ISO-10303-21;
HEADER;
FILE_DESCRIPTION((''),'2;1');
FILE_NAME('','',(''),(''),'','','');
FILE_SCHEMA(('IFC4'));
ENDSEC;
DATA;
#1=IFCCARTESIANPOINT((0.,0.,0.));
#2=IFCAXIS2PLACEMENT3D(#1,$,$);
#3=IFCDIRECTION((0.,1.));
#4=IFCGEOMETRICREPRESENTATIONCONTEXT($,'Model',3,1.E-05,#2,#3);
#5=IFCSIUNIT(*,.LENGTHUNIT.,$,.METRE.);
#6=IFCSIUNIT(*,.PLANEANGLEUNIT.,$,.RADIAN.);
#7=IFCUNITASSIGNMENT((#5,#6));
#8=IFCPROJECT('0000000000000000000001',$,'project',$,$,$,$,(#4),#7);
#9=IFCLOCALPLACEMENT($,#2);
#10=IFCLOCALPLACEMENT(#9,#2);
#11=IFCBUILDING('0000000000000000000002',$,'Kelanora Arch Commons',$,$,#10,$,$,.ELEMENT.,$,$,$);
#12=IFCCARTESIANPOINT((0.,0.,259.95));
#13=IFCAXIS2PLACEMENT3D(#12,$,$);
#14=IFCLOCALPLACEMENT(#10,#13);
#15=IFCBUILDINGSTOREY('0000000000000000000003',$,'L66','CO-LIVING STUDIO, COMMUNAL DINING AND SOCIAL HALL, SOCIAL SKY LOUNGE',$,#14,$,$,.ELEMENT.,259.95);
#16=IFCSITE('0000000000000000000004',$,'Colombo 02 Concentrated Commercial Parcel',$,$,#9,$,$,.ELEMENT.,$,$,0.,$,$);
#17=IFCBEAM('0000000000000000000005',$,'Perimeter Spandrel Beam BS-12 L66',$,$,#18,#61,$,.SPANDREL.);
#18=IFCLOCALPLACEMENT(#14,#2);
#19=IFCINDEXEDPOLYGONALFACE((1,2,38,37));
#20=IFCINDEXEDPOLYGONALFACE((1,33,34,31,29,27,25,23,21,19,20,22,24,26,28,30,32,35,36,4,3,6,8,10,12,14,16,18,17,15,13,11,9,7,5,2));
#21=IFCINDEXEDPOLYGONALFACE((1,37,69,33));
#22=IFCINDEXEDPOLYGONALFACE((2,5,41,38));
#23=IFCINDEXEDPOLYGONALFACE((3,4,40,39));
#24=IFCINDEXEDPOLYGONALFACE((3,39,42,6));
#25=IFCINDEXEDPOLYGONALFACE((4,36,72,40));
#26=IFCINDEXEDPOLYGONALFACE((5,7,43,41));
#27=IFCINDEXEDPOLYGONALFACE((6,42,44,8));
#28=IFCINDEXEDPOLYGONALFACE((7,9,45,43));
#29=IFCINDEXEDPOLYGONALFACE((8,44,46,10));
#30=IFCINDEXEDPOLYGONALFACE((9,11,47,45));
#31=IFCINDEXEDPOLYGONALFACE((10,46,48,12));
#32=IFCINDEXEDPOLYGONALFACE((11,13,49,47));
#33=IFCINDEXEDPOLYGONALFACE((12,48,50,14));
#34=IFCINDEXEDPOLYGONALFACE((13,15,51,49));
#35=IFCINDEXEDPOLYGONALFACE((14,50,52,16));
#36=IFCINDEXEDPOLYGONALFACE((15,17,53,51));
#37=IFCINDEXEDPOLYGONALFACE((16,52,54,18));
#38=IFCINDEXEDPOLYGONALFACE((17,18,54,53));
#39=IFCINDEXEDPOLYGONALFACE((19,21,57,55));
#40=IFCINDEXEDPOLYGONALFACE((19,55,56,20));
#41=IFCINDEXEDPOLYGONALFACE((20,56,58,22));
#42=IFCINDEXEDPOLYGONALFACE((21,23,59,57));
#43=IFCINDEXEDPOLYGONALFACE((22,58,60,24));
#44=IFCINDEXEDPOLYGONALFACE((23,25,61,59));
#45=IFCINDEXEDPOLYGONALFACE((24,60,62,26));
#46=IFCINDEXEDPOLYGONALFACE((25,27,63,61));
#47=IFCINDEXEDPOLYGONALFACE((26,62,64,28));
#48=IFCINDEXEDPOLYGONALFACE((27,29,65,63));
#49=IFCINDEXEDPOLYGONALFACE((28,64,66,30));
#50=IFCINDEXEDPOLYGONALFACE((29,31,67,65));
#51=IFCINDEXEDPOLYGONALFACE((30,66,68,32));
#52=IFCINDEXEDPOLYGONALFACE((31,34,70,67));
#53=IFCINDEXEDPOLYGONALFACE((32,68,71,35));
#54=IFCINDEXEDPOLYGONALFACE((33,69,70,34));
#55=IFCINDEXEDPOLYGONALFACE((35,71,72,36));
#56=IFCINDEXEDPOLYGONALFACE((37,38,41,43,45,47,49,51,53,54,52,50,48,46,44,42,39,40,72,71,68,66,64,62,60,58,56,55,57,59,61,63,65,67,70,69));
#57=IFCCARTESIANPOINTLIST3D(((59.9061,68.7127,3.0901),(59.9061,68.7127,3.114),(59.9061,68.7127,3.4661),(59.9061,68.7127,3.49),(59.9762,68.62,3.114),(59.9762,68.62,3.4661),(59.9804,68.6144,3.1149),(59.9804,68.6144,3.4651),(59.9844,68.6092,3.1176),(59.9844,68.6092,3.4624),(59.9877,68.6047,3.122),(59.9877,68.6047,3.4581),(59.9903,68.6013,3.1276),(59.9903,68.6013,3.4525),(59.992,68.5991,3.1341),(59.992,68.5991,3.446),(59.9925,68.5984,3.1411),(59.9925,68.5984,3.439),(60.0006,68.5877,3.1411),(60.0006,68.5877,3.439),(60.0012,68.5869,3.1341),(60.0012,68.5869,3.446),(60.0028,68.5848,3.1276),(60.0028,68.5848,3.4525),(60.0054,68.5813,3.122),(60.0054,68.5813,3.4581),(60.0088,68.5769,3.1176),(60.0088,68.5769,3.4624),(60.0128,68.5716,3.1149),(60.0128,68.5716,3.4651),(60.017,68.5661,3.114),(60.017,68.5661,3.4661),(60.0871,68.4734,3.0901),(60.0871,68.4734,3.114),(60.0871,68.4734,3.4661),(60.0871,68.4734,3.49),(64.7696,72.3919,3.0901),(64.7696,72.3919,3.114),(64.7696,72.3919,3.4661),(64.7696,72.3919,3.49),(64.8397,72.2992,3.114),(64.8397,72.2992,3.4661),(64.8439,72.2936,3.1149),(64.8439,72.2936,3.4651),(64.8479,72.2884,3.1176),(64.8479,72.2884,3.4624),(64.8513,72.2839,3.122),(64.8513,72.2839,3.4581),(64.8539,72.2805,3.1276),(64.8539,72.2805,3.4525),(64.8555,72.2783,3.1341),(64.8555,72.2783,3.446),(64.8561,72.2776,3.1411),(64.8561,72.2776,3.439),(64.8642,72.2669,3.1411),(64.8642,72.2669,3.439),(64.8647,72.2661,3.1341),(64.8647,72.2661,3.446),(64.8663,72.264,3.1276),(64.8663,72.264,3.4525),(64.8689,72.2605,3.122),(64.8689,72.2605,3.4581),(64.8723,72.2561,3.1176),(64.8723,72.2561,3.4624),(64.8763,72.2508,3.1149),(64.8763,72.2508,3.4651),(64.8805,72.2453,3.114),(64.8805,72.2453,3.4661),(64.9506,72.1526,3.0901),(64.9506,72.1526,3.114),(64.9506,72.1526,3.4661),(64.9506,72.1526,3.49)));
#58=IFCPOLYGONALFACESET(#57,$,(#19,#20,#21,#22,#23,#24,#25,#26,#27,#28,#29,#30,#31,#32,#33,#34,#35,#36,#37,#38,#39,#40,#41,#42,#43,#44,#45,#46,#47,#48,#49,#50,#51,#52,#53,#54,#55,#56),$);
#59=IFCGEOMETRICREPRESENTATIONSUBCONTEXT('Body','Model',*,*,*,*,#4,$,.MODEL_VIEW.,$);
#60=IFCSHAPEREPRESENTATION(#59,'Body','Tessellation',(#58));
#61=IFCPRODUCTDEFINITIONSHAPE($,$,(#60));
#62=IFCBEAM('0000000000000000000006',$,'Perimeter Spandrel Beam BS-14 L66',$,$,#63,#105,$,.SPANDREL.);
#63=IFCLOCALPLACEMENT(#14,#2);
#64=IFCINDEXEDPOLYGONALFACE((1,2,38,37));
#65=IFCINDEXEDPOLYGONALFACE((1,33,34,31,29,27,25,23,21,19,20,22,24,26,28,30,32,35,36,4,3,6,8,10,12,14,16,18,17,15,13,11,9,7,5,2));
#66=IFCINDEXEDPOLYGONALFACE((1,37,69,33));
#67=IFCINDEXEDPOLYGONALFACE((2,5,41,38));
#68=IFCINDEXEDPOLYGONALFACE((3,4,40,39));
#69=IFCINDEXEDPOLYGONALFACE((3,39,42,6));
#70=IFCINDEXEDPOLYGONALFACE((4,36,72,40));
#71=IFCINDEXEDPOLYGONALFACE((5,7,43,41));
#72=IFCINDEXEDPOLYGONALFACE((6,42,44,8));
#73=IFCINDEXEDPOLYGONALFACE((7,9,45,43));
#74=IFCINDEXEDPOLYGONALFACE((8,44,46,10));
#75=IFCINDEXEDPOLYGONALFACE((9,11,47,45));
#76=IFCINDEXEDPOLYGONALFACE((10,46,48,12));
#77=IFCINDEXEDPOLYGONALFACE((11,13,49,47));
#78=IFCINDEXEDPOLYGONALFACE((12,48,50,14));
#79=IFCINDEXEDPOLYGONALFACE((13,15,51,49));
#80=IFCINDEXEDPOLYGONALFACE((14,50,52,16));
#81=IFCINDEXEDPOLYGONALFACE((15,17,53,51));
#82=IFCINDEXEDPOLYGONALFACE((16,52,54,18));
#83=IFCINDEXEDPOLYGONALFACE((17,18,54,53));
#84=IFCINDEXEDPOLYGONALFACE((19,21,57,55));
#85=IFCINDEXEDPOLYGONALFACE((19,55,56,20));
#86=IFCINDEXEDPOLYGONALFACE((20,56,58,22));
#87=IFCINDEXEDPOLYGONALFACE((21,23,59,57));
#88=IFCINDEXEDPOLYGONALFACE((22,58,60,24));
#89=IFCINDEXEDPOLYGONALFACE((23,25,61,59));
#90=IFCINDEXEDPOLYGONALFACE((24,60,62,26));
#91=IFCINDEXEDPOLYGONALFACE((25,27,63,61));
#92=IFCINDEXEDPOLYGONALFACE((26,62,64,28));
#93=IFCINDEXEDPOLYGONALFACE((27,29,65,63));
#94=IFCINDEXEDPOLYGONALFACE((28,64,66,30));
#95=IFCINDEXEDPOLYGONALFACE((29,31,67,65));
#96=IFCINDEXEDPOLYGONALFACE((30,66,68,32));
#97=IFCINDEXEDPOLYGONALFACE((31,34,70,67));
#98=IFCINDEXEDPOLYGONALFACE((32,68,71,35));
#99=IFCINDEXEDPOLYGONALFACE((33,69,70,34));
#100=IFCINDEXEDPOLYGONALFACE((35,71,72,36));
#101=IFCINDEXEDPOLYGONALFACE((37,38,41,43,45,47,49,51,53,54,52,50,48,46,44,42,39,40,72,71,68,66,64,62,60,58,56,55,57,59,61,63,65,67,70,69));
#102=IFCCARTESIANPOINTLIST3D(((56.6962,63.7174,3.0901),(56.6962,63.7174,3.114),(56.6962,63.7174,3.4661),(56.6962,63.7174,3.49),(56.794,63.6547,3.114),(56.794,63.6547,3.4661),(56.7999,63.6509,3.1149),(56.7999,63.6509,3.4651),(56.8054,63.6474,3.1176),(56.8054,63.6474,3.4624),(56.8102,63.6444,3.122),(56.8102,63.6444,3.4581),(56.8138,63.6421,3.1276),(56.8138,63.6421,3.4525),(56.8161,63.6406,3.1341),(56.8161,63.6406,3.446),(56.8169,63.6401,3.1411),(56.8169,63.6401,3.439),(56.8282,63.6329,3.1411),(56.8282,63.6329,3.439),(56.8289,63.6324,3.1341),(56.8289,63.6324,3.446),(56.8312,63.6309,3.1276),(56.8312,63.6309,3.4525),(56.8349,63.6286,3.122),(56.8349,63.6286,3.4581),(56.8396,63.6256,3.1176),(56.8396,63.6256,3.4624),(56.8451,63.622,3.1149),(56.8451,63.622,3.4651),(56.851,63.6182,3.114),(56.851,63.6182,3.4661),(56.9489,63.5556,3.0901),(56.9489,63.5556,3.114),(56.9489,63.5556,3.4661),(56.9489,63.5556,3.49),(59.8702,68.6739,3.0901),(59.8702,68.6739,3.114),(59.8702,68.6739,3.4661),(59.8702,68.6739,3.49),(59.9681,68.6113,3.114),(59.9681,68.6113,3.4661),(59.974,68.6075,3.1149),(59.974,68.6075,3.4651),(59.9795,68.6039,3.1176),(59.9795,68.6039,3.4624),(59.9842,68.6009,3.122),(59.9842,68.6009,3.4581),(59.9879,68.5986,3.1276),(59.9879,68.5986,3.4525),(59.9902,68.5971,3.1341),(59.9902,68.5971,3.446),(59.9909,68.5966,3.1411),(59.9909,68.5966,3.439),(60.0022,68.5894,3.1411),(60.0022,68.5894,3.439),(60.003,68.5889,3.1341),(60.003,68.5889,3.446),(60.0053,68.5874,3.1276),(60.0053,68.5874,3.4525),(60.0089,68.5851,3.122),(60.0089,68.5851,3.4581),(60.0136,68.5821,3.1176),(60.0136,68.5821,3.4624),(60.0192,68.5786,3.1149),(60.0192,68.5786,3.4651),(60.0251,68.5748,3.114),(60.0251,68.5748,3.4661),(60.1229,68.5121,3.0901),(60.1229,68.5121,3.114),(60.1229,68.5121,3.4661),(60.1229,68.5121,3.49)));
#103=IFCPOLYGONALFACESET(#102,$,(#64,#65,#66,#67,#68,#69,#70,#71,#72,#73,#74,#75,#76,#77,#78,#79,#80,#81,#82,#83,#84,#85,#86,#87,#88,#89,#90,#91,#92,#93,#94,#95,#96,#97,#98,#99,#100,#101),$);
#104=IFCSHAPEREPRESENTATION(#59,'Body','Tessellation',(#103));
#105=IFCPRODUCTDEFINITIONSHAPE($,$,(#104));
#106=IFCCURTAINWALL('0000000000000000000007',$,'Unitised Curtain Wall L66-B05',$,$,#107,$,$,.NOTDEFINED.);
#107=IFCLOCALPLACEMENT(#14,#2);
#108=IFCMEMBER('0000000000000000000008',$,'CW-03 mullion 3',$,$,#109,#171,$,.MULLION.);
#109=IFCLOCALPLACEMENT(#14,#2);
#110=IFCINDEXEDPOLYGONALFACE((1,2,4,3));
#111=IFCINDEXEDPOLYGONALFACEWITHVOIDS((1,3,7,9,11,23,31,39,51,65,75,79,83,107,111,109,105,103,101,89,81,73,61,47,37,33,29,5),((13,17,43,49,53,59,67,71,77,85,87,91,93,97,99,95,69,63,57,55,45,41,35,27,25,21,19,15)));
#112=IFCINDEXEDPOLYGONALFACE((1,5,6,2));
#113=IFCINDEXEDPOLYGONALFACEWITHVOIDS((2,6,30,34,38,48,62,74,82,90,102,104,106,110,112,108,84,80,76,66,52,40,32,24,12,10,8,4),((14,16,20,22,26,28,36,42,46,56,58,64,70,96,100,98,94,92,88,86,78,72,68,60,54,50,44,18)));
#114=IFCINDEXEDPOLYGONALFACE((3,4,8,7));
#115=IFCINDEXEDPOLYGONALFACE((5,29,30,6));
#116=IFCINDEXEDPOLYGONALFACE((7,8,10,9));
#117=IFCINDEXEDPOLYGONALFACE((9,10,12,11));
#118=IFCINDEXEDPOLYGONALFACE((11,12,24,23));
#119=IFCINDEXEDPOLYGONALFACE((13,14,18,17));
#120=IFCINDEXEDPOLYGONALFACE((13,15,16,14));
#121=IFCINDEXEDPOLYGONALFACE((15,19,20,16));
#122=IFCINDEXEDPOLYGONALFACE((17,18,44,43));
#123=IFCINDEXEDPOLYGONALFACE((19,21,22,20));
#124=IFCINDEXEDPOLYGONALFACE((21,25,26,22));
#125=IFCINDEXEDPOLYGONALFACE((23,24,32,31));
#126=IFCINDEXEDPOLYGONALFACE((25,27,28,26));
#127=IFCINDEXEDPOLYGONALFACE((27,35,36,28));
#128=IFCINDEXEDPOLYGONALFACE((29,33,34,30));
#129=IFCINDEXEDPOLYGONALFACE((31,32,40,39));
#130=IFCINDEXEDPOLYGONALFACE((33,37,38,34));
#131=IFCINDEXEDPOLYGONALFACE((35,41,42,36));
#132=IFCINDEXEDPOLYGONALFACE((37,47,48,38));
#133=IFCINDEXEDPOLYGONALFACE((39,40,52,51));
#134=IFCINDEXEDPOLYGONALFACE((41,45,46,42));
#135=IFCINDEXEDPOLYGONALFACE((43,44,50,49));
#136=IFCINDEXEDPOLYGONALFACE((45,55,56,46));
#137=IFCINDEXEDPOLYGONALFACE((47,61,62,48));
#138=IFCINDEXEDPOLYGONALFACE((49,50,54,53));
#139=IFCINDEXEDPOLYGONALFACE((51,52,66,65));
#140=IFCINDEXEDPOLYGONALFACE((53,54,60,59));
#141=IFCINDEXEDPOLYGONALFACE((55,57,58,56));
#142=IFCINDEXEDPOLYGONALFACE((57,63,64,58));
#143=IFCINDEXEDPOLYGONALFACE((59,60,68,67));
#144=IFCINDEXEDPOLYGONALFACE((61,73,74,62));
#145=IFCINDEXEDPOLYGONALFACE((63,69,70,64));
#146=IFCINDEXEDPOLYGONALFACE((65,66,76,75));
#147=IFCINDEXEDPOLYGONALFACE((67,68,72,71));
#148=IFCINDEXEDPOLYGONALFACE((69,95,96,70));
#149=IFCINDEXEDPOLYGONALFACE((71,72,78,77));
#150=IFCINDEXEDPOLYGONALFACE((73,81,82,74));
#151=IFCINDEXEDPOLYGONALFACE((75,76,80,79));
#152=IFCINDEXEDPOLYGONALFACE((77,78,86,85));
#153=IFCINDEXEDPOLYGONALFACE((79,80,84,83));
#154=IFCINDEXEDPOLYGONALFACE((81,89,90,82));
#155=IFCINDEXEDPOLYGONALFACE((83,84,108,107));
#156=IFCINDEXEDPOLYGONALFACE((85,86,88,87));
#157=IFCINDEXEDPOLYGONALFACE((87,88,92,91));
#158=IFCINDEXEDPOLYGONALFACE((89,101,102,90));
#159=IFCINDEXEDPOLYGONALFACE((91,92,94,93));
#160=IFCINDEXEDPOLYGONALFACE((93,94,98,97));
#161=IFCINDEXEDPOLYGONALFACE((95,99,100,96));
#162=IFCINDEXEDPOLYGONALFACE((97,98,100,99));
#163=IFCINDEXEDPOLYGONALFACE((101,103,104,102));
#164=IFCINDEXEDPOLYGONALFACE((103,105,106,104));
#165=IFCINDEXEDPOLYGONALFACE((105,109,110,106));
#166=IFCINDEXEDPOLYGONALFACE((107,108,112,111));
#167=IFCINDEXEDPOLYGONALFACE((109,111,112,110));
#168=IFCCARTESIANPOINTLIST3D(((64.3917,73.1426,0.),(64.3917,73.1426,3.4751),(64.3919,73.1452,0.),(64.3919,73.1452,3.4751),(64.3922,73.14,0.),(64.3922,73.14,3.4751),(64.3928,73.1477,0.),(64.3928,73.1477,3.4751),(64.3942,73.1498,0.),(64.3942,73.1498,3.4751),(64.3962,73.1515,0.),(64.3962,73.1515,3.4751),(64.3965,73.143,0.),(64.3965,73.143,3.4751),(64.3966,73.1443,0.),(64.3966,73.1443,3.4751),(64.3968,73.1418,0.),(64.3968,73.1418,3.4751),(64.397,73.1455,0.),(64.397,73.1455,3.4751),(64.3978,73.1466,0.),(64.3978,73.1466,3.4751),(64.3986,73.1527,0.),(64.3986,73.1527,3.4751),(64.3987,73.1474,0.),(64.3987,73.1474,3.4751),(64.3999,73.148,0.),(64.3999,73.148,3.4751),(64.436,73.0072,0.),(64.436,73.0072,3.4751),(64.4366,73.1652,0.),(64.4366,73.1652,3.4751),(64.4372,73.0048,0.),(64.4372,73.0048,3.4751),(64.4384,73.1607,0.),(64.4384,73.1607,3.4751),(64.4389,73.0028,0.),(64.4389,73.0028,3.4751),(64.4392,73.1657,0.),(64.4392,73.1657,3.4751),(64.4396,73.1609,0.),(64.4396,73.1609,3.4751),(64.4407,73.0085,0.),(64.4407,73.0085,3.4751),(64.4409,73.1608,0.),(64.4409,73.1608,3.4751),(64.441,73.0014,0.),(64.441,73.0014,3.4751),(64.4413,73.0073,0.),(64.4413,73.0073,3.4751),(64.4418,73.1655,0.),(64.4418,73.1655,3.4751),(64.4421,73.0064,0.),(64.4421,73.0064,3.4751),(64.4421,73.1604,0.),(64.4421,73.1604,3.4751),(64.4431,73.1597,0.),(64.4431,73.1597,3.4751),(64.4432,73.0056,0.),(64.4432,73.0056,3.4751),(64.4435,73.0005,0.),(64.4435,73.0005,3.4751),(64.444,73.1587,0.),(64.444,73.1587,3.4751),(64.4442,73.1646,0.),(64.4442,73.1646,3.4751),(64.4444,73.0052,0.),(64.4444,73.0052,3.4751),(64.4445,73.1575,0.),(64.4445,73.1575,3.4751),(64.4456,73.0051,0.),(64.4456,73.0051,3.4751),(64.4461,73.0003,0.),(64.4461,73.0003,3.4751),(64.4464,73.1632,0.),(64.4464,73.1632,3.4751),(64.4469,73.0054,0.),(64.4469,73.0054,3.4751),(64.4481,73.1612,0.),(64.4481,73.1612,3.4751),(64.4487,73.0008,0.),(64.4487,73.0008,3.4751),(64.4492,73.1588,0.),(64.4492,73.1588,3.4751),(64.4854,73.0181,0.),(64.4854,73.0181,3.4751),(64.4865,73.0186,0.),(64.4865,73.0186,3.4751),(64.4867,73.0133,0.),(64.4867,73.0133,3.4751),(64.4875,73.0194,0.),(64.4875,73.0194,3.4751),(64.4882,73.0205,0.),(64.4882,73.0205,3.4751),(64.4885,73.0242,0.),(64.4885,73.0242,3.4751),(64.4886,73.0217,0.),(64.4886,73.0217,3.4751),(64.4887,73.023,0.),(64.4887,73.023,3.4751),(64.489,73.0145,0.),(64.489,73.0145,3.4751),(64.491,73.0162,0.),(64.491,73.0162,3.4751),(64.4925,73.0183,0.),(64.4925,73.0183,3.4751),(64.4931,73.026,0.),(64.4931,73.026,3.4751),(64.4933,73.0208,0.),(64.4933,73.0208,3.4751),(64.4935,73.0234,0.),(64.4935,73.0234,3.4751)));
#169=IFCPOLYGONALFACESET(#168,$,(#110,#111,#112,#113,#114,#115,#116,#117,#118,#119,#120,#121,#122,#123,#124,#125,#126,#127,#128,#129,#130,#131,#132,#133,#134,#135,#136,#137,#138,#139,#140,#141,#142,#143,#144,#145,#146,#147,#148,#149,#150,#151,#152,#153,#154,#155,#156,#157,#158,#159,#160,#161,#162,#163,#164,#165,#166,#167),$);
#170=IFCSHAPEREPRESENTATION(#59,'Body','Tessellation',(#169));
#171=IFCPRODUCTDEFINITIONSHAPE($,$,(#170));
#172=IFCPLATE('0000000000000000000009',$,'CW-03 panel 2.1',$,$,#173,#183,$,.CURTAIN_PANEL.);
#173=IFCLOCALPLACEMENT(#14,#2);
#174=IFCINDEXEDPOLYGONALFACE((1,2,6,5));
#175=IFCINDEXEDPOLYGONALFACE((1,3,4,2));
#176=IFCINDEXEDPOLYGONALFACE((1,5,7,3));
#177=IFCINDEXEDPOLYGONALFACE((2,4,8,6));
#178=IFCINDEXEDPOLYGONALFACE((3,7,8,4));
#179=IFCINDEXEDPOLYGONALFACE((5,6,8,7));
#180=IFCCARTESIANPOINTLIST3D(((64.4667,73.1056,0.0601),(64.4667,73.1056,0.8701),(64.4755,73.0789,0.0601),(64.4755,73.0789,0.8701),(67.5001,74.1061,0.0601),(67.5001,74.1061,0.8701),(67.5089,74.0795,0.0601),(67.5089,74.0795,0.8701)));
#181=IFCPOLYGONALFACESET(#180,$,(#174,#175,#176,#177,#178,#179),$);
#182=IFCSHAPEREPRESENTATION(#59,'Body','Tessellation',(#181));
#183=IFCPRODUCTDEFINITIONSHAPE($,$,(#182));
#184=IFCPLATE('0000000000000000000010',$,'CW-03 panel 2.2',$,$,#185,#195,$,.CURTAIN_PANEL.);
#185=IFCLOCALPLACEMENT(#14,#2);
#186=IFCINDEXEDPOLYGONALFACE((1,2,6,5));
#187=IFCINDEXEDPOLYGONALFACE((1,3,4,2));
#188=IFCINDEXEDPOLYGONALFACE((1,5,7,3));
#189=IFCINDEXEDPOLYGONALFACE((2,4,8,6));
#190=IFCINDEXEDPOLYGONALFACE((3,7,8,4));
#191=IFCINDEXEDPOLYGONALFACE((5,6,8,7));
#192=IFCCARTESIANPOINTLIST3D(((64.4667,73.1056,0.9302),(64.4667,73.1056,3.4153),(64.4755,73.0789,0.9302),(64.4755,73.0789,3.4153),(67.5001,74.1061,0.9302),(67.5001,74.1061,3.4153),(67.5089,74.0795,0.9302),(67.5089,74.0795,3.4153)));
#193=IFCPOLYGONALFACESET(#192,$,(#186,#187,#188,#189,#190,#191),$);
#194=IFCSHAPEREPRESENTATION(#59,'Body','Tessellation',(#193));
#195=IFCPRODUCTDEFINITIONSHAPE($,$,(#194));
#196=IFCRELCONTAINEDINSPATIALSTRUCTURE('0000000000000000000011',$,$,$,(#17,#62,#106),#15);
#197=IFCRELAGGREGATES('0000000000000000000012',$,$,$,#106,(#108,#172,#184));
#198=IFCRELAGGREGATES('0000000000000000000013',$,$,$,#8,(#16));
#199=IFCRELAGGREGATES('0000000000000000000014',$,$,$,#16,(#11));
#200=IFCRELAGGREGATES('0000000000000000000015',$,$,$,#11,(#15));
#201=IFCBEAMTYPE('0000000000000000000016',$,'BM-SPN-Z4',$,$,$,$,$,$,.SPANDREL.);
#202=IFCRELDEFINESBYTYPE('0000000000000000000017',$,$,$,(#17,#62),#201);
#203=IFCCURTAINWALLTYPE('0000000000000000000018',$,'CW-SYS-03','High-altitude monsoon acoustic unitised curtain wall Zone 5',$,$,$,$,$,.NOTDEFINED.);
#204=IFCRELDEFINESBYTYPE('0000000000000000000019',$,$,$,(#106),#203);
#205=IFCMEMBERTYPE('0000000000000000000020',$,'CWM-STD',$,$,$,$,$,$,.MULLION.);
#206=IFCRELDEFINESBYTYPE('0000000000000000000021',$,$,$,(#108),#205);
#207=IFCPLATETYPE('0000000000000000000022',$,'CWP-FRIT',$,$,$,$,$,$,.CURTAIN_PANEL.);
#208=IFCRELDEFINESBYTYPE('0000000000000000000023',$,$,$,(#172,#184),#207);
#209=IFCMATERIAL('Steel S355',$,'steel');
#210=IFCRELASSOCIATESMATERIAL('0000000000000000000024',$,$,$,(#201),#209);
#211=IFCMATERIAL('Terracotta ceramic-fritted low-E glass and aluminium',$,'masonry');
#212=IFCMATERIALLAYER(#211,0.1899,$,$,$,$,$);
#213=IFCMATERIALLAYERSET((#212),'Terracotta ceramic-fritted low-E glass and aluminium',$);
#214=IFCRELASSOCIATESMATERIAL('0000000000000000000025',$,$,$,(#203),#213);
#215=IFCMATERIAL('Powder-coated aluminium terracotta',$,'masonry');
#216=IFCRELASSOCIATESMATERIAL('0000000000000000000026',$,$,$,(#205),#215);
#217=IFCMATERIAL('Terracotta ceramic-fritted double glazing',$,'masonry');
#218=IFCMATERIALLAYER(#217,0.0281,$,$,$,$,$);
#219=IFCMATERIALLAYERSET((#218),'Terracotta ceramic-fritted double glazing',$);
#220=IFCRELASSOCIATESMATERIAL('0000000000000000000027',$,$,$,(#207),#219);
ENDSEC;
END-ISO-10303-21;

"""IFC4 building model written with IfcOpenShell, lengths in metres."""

from ifc_helpers import new_model, si_unit, direction, frame, origin, origin_2d, place, context, subcontext, project, spatial, rectangle, hollow_rectangle, i_section, extrude, source, transform, mapped, material, layer, layer_set, material_profile, profile_set, type_object, element, aggregate, save


model = new_model("IFC4")

# Units and contexts
model_context = context("Model", 3, precision=1e-05, world=origin(), true_north=direction((0.0, 1.0)))
body_context = subcontext(model_context, "Body", "Model", "MODEL_VIEW")
ifc_project = project(units=[si_unit("LENGTHUNIT", "METRE"), si_unit("PLANEANGLEUNIT", "RADIAN")], contexts=[model_context])

# Site, building, storey
site_placement = place(None, origin())
site = spatial("IfcSite", under=ifc_project, at=site_placement, Name="Colombo 02 Concentrated Commercial Parcel", CompositionType="ELEMENT", RefElevation=0.0)
building_placement = place(site_placement, origin())
building = spatial("IfcBuilding", under=site, at=building_placement, Name="Kelanora Arch Commons", CompositionType="ELEMENT")
storey_placement = place(building_placement, frame((0.0, 0.0, 259.95)))
storey = spatial("IfcBuildingStorey", under=building, at=storey_placement, Name="L66", Description="CO-LIVING STUDIO, COMMUNAL DINING AND SOCIAL HALL, SOCIAL SKY LOUNGE", CompositionType="ELEMENT", Elevation=259.95)

# Beams
ifc_material_1 = material(Name="Steel S355", Category="steel")
ifc_material_profile_1 = material_profile(ifc_material_1, i_section(OverallWidth=0.3, OverallDepth=0.3999, WebThickness=0.0134, FlangeThickness=0.0239, FilletRadius=0.0271, at=origin_2d()), Name="HEB400")
ifc_profile_set_1 = profile_set([ifc_material_profile_1], Name="Steel S355")
beam_type_1 = type_object("IfcBeamType", Name="BM-SPN-Z4", PredefinedType="SPANDREL", material=ifc_profile_set_1)
beam_1_placement = place(storey_placement, frame((64.8601, 72.2722, 3.29), z_axis=(-0.797509, -0.603306, 0.0), x_axis=(0.603306, -0.797509, 0.0)))
element("IfcBeam", 1, at=beam_1_placement, inside=storey, type_object=beam_type_1, Name="Perimeter Spandrel Beam BS-12 L66", PredefinedType="SPANDREL", context=body_context, shape_type="SweptSolid", body=[
    extrude(i_section(OverallWidth=0.3, OverallDepth=0.3999, WebThickness=0.0134, FlangeThickness=0.0239, FilletRadius=0.0271, at=origin_2d()), origin(), (0.0, 0.0, 1.0), 6.0984),
])
beam_2_placement = place(storey_placement, frame((59.9966, 68.593, 3.29), z_axis=(-0.539281, -0.842126, 0.0), x_axis=(0.842126, -0.539281, 0.0)))
element("IfcBeam", 2, at=beam_2_placement, inside=storey, type_object=beam_type_1, Name="Perimeter Spandrel Beam BS-14 L66", PredefinedType="SPANDREL", context=body_context, shape_type="SweptSolid", body=[
    extrude(i_section(OverallWidth=0.3, OverallDepth=0.3999, WebThickness=0.0134, FlangeThickness=0.0239, FilletRadius=0.0271, at=origin_2d()), origin(), (0.0, 0.0, 1.0), 5.8857),
])

# Curtain wall, member, plates
ifc_material_2 = material(Name="Terracotta ceramic-fritted low-E glass and aluminium", Category="masonry")
ifc_layer_1 = layer(ifc_material_2, 0.1899)
ifc_layer_set_1 = layer_set([ifc_layer_1], Name="Terracotta ceramic-fritted low-E glass and aluminium")
curtain_wall_type = type_object("IfcCurtainWallType", Name="CW-SYS-03", Description="High-altitude monsoon acoustic unitised curtain wall Zone 5", PredefinedType="NOTDEFINED", material=ifc_layer_set_1)
curtain_wall_placement = place(storey_placement, origin())
curtain_wall = element("IfcCurtainWall", 3, at=curtain_wall_placement, inside=storey, type_object=curtain_wall_type, Name="Unitised Curtain Wall L66-B05", PredefinedType="NOTDEFINED")
ifc_material_3 = material(Name="Powder-coated aluminium terracotta", Category="masonry")
ifc_material_profile_2 = material_profile(ifc_material_3, hollow_rectangle(XDim=0.1599, YDim=0.0601, WallThickness=0.0049, InnerFilletRadius=0.0049, OuterFilletRadius=0.01, at=origin_2d()), Name="CWM160x60")
ifc_profile_set_2 = profile_set([ifc_material_profile_2], Name="Powder-coated aluminium terracotta")
member_type = type_object("IfcMemberType", Name="CWM-STD", PredefinedType="MULLION", material=ifc_profile_set_2)
member_placement = place(storey_placement, frame((64.4426, 73.083, 0.0), z_axis=(0.0, 0.0, 1.0), x_axis=(0.313253, -0.94967, 0.0)))
member = element("IfcMember", 4, at=member_placement, type_object=member_type, Name="CW-03 mullion 3", PredefinedType="MULLION", context=body_context, shape_type="SweptSolid", body=[
    extrude(hollow_rectangle(XDim=0.1599, YDim=0.0601, WallThickness=0.0049, InnerFilletRadius=0.0049, OuterFilletRadius=0.01, at=origin_2d()), origin(), (0.0, 0.0, 1.0), 3.4751),
])
ifc_material_4 = material(Name="Terracotta ceramic-fritted double glazing", Category="masonry")
ifc_layer_2 = layer(ifc_material_4, 0.0281)
ifc_layer_set_2 = layer_set([ifc_layer_2], Name="Terracotta ceramic-fritted double glazing")
plate_type = type_object("IfcPlateType", Name="CWP-FRIT", PredefinedType="CURTAIN_PANEL", material=ifc_layer_set_2)
shared_shape_1 = source(origin(), body_context, "Body", "SweptSolid", [
    extrude(rectangle(XDim=3.1941, YDim=0.0281, at=origin_2d()), origin(), (0.0, 0.0, 1.0), 0.8101),
])
plate_1_placement = place(storey_placement, frame((65.9878, 73.5925, 0.0601), z_axis=(0.0, 0.0, 1.0), x_axis=(-0.94967, -0.313253, 0.0)))
plate_1 = element("IfcPlate", 5, at=plate_1_placement, type_object=plate_type, Name="CW-03 panel 2.1", PredefinedType="CURTAIN_PANEL", context=body_context, shape_type="MappedRepresentation", body=[
    mapped(shared_shape_1, transform((0.0, 0.0, 0.0), scale=1.0)),
])
shared_shape_2 = source(origin(), body_context, "Body", "SweptSolid", [
    extrude(rectangle(XDim=3.1941, YDim=0.0281, at=origin_2d()), origin(), (0.0, 0.0, 1.0), 2.4851),
])
plate_2_placement = place(storey_placement, frame((65.9878, 73.5925, 0.9302), z_axis=(0.0, 0.0, 1.0), x_axis=(-0.94967, -0.313253, 0.0)))
plate_2 = element("IfcPlate", 6, at=plate_2_placement, type_object=plate_type, Name="CW-03 panel 2.2", PredefinedType="CURTAIN_PANEL", context=body_context, shape_type="MappedRepresentation", body=[
    mapped(shared_shape_2, transform((0.0, 0.0, 0.0), scale=1.0)),
])
aggregate(curtain_wall, [member, plate_1, plate_2])

save(model, "model.ifc")
